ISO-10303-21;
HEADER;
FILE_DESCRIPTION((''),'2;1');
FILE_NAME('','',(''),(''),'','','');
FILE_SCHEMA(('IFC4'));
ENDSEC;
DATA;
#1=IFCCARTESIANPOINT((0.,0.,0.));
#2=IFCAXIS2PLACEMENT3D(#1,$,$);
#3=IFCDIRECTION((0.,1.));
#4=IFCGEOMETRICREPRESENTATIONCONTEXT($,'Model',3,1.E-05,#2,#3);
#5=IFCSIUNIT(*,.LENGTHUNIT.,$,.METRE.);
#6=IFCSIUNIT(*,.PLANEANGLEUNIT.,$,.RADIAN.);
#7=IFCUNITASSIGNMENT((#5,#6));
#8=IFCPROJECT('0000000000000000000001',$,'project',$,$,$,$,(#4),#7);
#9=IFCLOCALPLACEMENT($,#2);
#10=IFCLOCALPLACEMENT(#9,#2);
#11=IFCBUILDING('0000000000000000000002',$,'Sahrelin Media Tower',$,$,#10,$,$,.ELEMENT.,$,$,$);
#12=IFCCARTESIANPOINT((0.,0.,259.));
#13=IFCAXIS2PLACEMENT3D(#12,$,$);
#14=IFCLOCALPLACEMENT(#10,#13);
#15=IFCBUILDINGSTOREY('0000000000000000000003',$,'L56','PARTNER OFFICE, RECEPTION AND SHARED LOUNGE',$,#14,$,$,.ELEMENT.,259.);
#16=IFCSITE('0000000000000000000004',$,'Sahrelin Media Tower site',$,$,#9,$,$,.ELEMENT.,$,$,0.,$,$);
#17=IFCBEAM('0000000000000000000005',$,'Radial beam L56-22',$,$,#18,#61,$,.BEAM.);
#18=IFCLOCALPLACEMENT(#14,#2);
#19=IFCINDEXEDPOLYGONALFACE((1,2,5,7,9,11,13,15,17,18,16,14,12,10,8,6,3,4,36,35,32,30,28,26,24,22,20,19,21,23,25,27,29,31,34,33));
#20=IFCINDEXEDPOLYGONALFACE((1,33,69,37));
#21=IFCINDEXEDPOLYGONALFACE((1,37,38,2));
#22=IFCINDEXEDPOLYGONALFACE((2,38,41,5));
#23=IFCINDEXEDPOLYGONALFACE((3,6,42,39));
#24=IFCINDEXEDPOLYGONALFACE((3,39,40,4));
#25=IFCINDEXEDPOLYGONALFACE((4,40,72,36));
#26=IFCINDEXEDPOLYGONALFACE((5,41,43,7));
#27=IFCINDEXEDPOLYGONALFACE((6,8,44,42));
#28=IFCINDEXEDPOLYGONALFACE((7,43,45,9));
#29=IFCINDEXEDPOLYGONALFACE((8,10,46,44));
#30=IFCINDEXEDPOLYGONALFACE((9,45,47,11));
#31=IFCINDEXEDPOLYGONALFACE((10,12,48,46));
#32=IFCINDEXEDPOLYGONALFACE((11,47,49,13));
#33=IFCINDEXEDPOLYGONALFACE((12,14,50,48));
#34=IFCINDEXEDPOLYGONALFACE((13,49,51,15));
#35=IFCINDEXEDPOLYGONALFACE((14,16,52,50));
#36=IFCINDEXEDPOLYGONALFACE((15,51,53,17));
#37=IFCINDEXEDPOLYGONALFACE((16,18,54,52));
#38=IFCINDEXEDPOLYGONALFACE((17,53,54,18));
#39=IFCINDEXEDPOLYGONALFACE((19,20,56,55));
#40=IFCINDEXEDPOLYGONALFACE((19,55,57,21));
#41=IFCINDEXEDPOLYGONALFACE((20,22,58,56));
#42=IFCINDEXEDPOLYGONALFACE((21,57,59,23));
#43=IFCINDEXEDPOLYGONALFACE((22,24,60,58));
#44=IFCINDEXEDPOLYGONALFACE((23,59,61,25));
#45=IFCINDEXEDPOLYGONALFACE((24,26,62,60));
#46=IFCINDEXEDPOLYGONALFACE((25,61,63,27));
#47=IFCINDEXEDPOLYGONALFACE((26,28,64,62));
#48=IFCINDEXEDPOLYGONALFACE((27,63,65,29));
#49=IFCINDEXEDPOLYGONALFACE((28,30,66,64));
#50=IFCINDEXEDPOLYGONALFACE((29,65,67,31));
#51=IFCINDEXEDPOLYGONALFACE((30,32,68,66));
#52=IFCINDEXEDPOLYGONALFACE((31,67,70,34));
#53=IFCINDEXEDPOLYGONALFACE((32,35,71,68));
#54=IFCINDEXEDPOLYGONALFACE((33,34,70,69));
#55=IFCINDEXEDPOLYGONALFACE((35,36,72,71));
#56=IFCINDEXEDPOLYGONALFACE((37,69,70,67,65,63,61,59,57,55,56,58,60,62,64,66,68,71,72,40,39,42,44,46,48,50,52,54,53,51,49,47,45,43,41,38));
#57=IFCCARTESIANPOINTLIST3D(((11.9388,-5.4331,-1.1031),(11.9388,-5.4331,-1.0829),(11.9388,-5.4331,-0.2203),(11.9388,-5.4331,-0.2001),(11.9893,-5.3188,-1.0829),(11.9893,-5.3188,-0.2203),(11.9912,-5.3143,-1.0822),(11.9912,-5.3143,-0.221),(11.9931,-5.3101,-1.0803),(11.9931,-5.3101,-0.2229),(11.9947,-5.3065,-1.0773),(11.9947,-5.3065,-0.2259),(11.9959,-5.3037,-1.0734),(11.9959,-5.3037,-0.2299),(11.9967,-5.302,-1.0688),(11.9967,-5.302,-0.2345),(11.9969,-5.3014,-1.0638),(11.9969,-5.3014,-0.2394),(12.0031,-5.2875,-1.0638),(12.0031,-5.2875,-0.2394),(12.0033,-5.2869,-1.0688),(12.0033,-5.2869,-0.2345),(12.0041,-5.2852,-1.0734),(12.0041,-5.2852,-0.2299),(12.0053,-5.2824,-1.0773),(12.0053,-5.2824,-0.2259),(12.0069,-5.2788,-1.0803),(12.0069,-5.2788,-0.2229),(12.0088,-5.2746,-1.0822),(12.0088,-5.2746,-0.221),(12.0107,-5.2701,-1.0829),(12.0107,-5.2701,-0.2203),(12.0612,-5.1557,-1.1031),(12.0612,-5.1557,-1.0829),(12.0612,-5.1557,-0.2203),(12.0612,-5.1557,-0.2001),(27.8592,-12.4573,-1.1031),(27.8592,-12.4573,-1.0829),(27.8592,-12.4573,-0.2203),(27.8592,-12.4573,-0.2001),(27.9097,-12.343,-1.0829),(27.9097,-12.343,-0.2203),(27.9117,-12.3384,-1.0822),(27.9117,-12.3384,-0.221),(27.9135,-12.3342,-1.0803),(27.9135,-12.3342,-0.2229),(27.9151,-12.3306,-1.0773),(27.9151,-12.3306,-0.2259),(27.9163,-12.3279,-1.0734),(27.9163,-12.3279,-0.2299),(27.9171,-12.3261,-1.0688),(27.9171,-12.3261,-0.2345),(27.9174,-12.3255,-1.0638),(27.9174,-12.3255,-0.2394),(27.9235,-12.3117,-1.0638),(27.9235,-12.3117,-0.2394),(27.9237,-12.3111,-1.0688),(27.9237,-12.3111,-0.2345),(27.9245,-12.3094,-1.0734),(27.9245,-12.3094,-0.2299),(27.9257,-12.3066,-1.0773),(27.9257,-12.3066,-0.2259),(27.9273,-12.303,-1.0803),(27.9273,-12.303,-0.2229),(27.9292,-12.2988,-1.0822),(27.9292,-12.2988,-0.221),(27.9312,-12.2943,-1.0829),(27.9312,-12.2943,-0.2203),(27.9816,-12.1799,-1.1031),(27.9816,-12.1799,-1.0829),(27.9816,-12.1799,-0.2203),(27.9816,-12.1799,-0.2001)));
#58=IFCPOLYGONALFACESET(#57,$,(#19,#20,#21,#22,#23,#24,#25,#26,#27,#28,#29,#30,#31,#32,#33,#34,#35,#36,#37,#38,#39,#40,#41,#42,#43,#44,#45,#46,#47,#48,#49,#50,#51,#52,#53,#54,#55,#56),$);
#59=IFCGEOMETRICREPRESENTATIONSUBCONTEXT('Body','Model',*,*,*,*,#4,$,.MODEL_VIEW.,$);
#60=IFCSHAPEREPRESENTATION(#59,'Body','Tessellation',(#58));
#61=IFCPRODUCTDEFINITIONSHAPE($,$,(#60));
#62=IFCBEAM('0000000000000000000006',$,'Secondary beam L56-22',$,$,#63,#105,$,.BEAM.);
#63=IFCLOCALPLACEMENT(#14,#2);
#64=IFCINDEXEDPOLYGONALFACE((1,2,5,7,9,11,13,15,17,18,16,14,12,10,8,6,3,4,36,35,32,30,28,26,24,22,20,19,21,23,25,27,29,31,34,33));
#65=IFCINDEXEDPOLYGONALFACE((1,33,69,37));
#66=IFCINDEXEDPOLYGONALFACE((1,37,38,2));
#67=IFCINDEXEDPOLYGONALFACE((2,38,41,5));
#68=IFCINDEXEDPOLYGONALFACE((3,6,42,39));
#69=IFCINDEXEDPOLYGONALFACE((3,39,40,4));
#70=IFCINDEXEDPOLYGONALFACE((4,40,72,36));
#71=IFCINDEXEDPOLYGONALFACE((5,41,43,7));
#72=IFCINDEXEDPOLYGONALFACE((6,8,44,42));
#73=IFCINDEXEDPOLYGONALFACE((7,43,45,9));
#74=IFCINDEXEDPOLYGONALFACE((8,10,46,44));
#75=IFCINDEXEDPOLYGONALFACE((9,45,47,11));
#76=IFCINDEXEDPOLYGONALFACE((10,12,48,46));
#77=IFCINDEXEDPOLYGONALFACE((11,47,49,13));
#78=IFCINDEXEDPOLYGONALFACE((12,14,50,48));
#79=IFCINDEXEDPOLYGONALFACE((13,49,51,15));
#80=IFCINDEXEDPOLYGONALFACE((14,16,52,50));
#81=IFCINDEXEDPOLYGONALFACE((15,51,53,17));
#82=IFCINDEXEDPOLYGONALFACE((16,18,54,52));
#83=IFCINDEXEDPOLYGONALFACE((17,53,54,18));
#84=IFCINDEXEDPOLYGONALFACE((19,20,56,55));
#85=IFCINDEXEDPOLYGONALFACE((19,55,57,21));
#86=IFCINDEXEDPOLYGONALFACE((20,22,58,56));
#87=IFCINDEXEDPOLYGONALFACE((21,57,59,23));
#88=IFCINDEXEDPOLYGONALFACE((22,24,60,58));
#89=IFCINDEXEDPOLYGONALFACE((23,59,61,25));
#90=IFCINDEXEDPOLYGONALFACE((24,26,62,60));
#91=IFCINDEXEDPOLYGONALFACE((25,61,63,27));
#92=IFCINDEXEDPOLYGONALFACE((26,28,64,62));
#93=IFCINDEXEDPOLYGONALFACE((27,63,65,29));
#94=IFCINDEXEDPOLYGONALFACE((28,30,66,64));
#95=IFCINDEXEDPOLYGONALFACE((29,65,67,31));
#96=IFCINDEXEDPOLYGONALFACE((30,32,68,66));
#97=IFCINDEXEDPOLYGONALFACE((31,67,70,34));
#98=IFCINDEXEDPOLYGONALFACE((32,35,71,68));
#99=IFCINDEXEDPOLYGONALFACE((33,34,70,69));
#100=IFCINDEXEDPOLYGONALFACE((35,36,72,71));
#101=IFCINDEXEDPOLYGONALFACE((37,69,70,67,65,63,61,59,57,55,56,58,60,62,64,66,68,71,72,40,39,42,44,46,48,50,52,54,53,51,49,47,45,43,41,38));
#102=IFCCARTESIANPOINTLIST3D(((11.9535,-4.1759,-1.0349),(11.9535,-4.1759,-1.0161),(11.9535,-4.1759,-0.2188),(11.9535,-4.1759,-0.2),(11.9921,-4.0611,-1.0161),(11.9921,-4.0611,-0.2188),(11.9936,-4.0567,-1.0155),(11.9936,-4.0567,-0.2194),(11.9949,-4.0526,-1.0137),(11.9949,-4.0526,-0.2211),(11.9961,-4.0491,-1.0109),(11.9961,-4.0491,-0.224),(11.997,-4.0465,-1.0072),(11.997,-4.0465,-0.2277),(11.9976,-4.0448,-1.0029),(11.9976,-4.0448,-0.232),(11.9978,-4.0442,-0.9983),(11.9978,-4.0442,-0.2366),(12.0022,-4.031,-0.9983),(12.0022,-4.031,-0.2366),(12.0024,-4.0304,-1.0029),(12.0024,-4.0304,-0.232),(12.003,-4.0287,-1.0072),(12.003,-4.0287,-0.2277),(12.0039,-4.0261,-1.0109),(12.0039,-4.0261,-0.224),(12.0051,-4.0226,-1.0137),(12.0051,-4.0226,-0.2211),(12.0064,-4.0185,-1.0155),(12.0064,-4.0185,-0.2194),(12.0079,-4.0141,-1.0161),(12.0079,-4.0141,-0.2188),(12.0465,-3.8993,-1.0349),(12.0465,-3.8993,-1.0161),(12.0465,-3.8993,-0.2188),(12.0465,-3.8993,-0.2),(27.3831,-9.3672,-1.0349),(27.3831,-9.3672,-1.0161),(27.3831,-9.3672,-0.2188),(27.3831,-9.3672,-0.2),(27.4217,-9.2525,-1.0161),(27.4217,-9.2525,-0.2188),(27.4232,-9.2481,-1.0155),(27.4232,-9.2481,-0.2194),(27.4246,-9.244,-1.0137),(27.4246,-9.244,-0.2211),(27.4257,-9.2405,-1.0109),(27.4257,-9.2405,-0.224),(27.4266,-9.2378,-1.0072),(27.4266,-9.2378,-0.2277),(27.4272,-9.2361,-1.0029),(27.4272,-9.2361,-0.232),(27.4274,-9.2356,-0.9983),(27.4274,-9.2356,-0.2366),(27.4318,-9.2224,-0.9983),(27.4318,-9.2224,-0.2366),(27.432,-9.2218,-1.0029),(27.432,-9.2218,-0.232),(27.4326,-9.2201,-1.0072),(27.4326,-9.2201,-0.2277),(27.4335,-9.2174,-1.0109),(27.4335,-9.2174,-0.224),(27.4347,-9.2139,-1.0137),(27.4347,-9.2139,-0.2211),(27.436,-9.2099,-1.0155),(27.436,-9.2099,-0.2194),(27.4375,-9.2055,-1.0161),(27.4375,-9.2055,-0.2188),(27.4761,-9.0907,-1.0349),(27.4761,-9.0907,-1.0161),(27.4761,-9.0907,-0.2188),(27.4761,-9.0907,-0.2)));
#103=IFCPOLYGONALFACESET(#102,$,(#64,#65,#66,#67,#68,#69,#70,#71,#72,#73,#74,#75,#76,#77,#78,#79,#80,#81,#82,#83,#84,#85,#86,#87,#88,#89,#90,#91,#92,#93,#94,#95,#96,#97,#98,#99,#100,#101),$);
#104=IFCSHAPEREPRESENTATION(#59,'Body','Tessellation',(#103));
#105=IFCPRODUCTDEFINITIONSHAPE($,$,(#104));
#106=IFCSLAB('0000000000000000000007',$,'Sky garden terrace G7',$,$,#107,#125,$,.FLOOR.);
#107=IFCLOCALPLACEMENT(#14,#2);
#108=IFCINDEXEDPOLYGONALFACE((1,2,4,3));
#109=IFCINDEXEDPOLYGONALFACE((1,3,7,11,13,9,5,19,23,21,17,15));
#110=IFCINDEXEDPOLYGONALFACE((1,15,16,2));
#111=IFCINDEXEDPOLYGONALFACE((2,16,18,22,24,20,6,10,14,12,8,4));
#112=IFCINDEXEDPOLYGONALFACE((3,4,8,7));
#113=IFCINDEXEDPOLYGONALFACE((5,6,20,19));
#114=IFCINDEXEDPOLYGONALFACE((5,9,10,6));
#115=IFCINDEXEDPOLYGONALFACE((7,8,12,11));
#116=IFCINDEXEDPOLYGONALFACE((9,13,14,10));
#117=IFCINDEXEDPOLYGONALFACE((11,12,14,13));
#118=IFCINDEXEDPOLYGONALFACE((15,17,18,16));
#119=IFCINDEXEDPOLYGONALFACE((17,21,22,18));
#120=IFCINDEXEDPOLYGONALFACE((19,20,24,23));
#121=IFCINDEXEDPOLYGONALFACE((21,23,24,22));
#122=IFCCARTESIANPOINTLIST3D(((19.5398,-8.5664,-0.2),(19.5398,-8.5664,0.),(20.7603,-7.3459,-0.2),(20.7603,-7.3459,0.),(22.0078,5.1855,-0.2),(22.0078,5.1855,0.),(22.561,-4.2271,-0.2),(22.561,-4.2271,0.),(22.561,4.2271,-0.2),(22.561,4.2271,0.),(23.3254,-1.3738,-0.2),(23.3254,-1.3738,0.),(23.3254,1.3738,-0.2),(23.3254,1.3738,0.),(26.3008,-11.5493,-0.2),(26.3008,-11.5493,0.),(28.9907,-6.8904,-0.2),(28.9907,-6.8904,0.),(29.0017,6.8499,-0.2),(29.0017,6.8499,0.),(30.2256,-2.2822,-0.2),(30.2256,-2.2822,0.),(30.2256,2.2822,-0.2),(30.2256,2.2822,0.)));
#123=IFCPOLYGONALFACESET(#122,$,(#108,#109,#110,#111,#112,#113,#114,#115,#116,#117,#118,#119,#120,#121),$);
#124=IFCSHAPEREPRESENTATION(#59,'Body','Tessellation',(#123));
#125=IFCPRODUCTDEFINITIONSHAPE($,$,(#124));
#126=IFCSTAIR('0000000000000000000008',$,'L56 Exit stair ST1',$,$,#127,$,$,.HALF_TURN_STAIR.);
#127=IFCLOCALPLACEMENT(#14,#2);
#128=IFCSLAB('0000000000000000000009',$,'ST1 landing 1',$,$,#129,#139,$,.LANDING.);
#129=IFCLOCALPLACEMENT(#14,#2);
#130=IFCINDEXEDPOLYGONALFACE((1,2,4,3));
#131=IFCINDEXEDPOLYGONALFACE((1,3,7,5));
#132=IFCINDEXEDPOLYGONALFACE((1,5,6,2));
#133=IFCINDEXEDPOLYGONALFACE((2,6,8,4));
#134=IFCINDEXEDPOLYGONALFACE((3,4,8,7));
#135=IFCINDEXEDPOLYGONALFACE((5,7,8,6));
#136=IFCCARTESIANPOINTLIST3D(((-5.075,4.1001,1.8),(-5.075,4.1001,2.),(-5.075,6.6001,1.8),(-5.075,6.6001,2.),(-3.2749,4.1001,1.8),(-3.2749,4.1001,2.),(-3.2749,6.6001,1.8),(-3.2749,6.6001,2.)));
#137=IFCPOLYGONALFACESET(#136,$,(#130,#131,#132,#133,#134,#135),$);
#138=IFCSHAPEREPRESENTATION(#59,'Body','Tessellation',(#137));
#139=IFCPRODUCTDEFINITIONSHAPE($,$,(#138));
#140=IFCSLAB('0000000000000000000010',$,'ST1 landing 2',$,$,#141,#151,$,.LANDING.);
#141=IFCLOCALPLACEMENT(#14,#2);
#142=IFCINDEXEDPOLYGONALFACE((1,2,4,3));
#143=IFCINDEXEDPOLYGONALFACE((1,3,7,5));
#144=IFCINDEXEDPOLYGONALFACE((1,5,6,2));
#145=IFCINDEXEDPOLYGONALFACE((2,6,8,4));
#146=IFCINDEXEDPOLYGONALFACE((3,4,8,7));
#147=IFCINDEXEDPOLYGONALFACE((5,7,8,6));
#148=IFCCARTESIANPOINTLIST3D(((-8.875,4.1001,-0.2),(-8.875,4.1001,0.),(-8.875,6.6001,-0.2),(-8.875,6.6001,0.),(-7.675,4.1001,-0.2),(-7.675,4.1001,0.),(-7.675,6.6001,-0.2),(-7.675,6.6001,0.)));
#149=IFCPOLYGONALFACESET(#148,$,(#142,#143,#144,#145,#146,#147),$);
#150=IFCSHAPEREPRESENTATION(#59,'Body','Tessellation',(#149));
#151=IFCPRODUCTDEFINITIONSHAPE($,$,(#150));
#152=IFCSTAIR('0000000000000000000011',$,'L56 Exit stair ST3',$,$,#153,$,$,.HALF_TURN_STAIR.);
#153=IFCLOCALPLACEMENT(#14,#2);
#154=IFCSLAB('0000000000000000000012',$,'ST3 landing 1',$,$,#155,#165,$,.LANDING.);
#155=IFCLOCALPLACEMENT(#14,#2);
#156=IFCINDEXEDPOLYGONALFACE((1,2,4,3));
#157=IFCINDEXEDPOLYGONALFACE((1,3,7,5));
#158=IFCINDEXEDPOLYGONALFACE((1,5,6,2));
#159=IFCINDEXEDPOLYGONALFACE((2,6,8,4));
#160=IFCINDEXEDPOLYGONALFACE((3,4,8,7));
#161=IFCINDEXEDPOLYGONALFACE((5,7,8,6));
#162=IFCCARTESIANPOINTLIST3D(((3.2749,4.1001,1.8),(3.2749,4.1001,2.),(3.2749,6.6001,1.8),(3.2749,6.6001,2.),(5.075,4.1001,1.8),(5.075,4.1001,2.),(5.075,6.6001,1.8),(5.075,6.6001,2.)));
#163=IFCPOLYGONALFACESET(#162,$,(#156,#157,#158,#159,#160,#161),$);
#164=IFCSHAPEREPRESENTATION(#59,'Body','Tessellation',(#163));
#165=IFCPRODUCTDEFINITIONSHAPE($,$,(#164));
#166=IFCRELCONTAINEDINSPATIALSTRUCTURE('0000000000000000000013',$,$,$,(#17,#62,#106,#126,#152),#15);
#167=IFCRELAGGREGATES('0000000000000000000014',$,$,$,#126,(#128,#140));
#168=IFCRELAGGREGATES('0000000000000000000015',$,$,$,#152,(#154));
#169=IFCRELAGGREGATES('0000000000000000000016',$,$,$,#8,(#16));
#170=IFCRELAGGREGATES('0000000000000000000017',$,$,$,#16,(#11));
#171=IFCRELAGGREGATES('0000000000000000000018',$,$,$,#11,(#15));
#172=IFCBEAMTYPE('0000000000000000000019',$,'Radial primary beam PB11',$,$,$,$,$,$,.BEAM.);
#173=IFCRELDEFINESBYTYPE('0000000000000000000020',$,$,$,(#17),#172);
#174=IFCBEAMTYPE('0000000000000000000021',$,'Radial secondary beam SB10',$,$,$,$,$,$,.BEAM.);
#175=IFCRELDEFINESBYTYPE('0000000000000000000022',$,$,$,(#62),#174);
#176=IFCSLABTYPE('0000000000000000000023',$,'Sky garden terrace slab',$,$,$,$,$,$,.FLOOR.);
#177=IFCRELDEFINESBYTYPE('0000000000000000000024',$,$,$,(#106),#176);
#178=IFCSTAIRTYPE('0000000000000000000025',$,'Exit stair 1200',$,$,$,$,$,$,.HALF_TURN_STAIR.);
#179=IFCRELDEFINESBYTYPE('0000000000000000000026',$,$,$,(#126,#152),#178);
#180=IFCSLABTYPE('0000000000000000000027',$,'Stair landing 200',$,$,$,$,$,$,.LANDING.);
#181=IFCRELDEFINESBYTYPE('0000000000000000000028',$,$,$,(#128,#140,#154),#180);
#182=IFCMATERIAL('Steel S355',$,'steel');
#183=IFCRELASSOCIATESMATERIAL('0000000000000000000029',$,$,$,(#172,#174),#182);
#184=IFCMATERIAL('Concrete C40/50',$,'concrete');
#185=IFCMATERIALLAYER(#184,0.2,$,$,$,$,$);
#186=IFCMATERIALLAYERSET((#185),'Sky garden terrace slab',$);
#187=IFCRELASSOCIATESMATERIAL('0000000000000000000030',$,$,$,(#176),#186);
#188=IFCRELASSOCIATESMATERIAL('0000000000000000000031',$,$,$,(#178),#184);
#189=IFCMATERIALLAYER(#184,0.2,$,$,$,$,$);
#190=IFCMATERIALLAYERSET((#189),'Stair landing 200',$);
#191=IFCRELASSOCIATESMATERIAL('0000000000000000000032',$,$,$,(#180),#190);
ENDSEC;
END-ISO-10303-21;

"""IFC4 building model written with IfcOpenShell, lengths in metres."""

from ifc_helpers import new_model, si_unit, direction, frame, origin, origin_2d, place, context, subcontext, project, spatial, polyline, i_section, outline, extrude, material, layer, layer_set, material_profile, profile_set, type_object, element, aggregate, save


model = new_model("IFC4")

# Units and contexts
model_context = context("Model", 3, precision=1e-05, world=origin(), true_north=direction((0.0, 1.0)))
body_context = subcontext(model_context, "Body", "Model", "MODEL_VIEW")
ifc_project = project(units=[si_unit("LENGTHUNIT", "METRE"), si_unit("PLANEANGLEUNIT", "RADIAN")], contexts=[model_context])

# Site, building, storey
site_placement = place(None, origin())
site = spatial("IfcSite", under=ifc_project, at=site_placement, Name="Sahrelin Media Tower site", CompositionType="ELEMENT", RefElevation=0.0)
building_placement = place(site_placement, origin())
building = spatial("IfcBuilding", under=site, at=building_placement, Name="Sahrelin Media Tower", CompositionType="ELEMENT")
storey_placement = place(building_placement, frame((0.0, 0.0, 259.0)))
storey = spatial("IfcBuildingStorey", under=building, at=storey_placement, Name="L56", Description="PARTNER OFFICE, RECEPTION AND SHARED LOUNGE", CompositionType="ELEMENT", Elevation=259.0)

# Beams
ifc_material_1 = material(Name="Steel S355", Category="steel")
ifc_material_profile_1 = material_profile(ifc_material_1, i_section(OverallWidth=0.3032, OverallDepth=0.9031, WebThickness=0.0151, FlangeThickness=0.0203, FilletRadius=0.019, at=origin_2d()), Name="UB 914x305x201")
ifc_profile_set_1 = profile_set([ifc_material_profile_1], Name="Steel S355")
beam_type_1 = type_object("IfcBeamType", Name="Radial primary beam PB11", PredefinedType="BEAM", material=ifc_profile_set_1)
beam_1_placement = place(storey_placement, frame((12.0, -5.2944, -0.6516), z_axis=(0.914908, -0.403662, 0.0), x_axis=(0.403662, 0.914908, 0.0)))
element("IfcBeam", 1, at=beam_1_placement, inside=storey, type_object=beam_type_1, Name="Radial beam L56-22", PredefinedType="BEAM", context=body_context, shape_type="SweptSolid", body=[
    extrude(i_section(OverallWidth=0.3032, OverallDepth=0.9031, WebThickness=0.0151, FlangeThickness=0.0203, FilletRadius=0.019, at=origin_2d()), origin(), (0.0, 0.0, 1.0), 17.4011),
])
ifc_material_profile_2 = material_profile(ifc_material_1, i_section(OverallWidth=0.2917, OverallDepth=0.835, WebThickness=0.0139, FlangeThickness=0.0188, FilletRadius=0.0178, at=origin_2d()), Name="UB 838x292x176")
ifc_profile_set_2 = profile_set([ifc_material_profile_2], Name="Steel S355")
beam_type_2 = type_object("IfcBeamType", Name="Radial secondary beam SB10", PredefinedType="BEAM", material=ifc_profile_set_2)
beam_2_placement = place(storey_placement, frame((12.0, -4.0376, -0.6174), z_axis=(0.947792, -0.31889, 0.0), x_axis=(0.31889, 0.947792, 0.0)))
element("IfcBeam", 2, at=beam_2_placement, inside=storey, type_object=beam_type_2, Name="Secondary beam L56-22", PredefinedType="BEAM", context=body_context, shape_type="SweptSolid", body=[
    extrude(i_section(OverallWidth=0.2917, OverallDepth=0.835, WebThickness=0.0139, FlangeThickness=0.0188, FilletRadius=0.0178, at=origin_2d()), origin(), (0.0, 0.0, 1.0), 16.2795),
])

# Slab
ifc_material_2 = material(Name="Concrete C40/50", Category="concrete")
ifc_layer_1 = layer(ifc_material_2, 0.2)
ifc_layer_set_1 = layer_set([ifc_layer_1], Name="Sky garden terrace slab")
slab_type_1 = type_object("IfcSlabType", Name="Sky garden terrace slab", PredefinedType="FLOOR", material=ifc_layer_set_1)
placement_1 = place(storey_placement, frame((0.0, 0.0, -0.2)))
element("IfcSlab", 3, at=placement_1, inside=storey, type_object=slab_type_1, Name="Sky garden terrace G7", PredefinedType="FLOOR", context=body_context, shape_type="SweptSolid", body=[
    extrude(outline(polyline([(30.2256, -2.2822), (28.9907, -6.8904), (26.3008, -11.5493), (19.5398, -8.5664), (20.7603, -7.3459), (22.561, -4.2271), (23.3254, -1.3738), (23.3254, 1.3738), (22.561, 4.2271), (22.0078, 5.1855), (29.0017, 6.8499), (30.2256, 2.2822), (30.2256, -2.2822)])), origin(), (0.0, 0.0, 1.0), 0.2),
])

# Stair, slabs
stair_type = type_object("IfcStairType", Name="Exit stair 1200", PredefinedType="HALF_TURN_STAIR", material=ifc_material_2)
placement_2 = place(storey_placement, origin())
stair_1 = element("IfcStair", 4, at=placement_2, inside=storey, type_object=stair_type, Name="L56 Exit stair ST1", PredefinedType="HALF_TURN_STAIR")
ifc_layer_2 = layer(ifc_material_2, 0.2)
ifc_layer_set_2 = layer_set([ifc_layer_2], Name="Stair landing 200")
slab_type_2 = type_object("IfcSlabType", Name="Stair landing 200", PredefinedType="LANDING", material=ifc_layer_set_2)
placement_3 = place(storey_placement, frame((0.0, 0.0, 1.8)))
slab_1 = element("IfcSlab", 5, at=placement_3, type_object=slab_type_2, Name="ST1 landing 1", PredefinedType="LANDING", context=body_context, shape_type="SweptSolid", body=[
    extrude(outline(polyline([(-5.075, 4.1001), (-3.2749, 4.1001), (-3.2749, 6.6001), (-5.075, 6.6001), (-5.075, 4.1001)])), origin(), (0.0, 0.0, 1.0), 0.2),
])
slab_2 = element("IfcSlab", 6, at=placement_1, type_object=slab_type_2, Name="ST1 landing 2", PredefinedType="LANDING", context=body_context, shape_type="SweptSolid", body=[
    extrude(outline(polyline([(-8.875, 4.1001), (-7.675, 4.1001), (-7.675, 6.6001), (-8.875, 6.6001), (-8.875, 4.1001)])), origin(), (0.0, 0.0, 1.0), 0.2),
])
aggregate(stair_1, [slab_1, slab_2])

# Stair, slab
stair_2 = element("IfcStair", 7, at=placement_2, inside=storey, type_object=stair_type, Name="L56 Exit stair ST3", PredefinedType="HALF_TURN_STAIR")
slab_3 = element("IfcSlab", 8, at=placement_3, type_object=slab_type_2, Name="ST3 landing 1", PredefinedType="LANDING", context=body_context, shape_type="SweptSolid", body=[
    extrude(outline(polyline([(5.075, 6.6001), (3.2749, 6.6001), (3.2749, 4.1001), (5.075, 4.1001), (5.075, 6.6001)])), origin(), (0.0, 0.0, 1.0), 0.2),
])
aggregate(stair_2, [slab_3])

save(model, "model.ifc")
